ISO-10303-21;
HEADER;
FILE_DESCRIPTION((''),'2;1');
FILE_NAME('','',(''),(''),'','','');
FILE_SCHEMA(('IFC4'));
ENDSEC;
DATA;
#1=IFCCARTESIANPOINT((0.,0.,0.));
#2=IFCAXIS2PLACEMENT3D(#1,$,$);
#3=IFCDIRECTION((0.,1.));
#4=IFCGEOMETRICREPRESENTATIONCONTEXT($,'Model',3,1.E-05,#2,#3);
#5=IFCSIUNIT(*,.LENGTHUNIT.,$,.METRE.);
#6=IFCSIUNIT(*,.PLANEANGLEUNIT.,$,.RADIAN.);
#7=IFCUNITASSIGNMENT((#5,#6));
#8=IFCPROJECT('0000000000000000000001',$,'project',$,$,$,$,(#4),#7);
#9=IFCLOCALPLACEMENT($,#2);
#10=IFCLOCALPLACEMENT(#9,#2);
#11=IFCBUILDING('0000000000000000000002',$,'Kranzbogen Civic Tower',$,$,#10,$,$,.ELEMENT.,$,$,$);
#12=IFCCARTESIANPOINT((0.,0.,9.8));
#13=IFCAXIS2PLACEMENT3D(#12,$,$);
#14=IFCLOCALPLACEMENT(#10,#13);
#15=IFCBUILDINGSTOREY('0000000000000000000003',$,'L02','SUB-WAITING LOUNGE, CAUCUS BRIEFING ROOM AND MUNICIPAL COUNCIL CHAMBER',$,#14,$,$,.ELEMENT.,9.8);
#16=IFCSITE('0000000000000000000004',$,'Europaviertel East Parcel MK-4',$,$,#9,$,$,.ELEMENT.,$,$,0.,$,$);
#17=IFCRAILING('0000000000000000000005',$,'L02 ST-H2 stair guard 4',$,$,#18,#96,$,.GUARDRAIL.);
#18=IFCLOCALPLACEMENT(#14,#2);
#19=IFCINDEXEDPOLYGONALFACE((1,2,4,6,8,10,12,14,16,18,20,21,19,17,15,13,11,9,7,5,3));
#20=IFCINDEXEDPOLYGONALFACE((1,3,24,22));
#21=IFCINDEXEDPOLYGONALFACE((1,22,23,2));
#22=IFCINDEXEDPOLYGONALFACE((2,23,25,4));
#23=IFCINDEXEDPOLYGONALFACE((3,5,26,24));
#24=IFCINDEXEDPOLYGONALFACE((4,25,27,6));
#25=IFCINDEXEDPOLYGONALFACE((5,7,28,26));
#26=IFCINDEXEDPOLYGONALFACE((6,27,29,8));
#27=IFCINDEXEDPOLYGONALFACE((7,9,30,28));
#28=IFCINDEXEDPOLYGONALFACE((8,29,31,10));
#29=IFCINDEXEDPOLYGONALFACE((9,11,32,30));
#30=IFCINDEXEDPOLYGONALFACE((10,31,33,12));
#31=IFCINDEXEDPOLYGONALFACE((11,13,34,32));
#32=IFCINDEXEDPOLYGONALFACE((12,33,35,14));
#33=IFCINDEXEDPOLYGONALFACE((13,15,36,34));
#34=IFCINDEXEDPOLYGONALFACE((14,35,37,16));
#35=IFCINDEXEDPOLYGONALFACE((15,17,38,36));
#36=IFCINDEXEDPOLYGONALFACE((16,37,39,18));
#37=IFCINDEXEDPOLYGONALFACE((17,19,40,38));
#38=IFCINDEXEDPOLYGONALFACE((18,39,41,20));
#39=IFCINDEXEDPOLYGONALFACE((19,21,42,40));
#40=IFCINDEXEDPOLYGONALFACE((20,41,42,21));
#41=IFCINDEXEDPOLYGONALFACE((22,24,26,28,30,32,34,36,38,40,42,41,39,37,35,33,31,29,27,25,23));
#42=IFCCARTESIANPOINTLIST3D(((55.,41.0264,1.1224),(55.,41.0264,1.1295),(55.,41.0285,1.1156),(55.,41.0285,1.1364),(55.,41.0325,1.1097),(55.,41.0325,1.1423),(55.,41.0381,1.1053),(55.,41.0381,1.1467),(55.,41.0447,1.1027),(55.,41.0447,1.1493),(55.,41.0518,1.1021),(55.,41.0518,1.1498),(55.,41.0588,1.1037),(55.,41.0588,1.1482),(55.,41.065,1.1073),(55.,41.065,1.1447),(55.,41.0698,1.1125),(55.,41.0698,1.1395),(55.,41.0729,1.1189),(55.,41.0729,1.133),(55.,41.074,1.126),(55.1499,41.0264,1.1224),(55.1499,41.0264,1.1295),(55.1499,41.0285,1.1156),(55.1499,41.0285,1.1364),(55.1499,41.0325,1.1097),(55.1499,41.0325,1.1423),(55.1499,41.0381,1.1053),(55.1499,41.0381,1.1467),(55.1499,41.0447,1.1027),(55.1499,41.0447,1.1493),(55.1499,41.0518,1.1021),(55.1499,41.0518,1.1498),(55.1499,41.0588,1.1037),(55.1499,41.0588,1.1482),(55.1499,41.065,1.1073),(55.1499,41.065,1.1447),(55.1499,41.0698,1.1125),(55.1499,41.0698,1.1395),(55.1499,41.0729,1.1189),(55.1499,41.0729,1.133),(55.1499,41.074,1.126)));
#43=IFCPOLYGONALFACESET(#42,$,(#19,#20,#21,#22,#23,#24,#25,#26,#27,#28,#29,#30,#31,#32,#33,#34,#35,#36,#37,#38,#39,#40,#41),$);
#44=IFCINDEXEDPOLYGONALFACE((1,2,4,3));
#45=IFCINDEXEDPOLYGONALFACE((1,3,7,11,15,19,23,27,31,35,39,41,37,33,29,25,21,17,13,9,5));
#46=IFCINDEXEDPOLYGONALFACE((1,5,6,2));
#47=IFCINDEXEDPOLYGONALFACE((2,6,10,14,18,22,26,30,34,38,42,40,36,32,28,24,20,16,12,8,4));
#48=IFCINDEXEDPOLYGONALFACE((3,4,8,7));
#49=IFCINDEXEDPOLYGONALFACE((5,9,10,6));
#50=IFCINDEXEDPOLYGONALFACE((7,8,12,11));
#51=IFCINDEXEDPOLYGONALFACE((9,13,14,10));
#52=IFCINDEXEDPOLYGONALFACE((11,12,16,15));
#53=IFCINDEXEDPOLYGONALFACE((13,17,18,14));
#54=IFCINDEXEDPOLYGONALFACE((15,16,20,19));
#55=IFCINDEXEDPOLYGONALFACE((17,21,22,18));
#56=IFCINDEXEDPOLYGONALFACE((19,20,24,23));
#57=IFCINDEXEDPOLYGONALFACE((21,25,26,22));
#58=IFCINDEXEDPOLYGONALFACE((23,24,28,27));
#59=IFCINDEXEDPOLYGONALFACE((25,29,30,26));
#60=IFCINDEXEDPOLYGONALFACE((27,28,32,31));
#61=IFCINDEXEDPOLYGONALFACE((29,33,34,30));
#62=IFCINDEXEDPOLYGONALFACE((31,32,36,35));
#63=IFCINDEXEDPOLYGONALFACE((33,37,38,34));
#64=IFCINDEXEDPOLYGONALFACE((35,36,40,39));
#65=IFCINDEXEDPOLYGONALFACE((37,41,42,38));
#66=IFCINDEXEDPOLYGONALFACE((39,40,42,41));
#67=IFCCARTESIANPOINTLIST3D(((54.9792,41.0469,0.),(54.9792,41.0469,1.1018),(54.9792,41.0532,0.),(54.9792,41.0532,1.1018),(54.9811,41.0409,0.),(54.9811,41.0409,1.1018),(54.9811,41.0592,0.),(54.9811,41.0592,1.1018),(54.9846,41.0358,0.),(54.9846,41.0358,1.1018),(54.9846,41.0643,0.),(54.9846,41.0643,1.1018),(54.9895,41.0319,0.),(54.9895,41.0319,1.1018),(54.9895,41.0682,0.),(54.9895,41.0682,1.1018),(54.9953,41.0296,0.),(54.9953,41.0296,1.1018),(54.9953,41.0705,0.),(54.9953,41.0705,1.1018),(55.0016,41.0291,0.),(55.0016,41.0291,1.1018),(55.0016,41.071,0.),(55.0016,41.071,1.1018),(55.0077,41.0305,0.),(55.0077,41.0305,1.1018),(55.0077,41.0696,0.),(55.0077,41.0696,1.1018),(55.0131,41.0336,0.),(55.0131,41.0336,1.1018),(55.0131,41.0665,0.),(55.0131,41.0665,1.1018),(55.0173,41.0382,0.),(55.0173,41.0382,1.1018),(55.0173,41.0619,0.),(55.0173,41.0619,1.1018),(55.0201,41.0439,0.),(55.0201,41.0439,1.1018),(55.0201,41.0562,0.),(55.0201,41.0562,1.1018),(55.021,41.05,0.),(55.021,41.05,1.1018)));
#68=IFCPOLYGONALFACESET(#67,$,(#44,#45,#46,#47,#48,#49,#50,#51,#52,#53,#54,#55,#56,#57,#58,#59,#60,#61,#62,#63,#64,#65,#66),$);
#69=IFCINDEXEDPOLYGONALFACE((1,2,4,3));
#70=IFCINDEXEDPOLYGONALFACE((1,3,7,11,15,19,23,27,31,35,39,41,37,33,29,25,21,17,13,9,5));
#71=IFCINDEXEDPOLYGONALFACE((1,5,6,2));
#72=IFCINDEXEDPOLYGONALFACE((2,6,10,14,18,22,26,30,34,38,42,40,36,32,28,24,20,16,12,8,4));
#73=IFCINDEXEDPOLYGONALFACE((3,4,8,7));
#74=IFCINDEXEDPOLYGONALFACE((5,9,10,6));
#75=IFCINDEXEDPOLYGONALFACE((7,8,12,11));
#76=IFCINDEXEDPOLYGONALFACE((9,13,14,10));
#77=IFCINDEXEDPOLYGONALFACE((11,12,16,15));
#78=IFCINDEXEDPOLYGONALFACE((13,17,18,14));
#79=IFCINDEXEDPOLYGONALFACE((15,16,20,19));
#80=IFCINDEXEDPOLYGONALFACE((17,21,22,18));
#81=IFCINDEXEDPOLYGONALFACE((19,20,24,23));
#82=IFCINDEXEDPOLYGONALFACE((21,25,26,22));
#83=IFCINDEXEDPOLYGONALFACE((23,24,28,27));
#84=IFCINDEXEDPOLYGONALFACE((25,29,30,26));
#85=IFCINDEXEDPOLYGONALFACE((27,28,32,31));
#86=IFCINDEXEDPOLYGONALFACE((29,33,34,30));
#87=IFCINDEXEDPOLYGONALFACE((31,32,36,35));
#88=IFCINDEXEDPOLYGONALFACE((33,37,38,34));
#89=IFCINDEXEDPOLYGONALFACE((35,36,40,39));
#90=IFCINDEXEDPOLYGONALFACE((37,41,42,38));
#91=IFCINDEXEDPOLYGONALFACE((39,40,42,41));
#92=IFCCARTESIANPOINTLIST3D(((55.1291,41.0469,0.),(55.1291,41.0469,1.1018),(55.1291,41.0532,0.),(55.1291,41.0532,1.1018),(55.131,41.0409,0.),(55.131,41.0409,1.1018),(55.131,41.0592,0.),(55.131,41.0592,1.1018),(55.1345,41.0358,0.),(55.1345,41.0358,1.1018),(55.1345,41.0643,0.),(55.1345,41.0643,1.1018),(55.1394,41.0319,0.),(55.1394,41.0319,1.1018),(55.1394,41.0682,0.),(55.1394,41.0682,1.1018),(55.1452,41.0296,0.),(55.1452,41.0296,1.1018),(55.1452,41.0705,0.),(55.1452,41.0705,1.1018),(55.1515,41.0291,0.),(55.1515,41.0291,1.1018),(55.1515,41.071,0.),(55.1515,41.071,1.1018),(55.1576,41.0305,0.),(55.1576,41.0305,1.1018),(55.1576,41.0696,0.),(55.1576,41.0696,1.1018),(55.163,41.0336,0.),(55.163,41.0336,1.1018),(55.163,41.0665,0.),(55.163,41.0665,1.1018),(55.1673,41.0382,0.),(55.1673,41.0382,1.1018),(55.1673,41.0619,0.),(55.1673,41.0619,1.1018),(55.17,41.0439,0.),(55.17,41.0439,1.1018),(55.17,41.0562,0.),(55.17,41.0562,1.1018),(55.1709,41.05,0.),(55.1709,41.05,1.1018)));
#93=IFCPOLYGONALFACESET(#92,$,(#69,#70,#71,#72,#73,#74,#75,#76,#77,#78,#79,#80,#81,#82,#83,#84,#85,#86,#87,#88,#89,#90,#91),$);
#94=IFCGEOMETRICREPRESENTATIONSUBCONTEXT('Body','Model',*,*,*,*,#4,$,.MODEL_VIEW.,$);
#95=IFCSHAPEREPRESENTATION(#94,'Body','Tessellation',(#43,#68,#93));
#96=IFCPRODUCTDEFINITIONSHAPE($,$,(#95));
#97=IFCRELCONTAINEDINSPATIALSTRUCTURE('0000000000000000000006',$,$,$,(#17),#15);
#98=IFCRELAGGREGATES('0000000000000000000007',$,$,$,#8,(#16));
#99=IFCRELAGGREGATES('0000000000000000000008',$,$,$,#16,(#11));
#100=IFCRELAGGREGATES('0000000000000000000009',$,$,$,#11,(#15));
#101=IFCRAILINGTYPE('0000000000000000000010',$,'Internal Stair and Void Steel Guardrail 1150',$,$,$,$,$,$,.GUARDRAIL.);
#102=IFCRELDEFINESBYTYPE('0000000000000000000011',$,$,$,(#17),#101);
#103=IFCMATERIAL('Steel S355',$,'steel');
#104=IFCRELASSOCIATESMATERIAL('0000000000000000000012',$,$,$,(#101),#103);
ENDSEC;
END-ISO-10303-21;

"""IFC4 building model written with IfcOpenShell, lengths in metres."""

from ifc_helpers import new_model, si_unit, direction, frame, origin, origin_2d, place, context, subcontext, project, spatial, circle, extrude, material, type_object, element, save


model = new_model("IFC4")

# Units and contexts
model_context = context("Model", 3, precision=1e-05, world=origin(), true_north=direction((0.0, 1.0)))
body_context = subcontext(model_context, "Body", "Model", "MODEL_VIEW")
ifc_project = project(units=[si_unit("LENGTHUNIT", "METRE"), si_unit("PLANEANGLEUNIT", "RADIAN")], contexts=[model_context])

# Site, building, storey
site_placement = place(None, origin())
site = spatial("IfcSite", under=ifc_project, at=site_placement, Name="Europaviertel East Parcel MK-4", CompositionType="ELEMENT", RefElevation=0.0)
building_placement = place(site_placement, origin())
building = spatial("IfcBuilding", under=site, at=building_placement, Name="Kranzbogen Civic Tower", CompositionType="ELEMENT")
storey_placement = place(building_placement, frame((0.0, 0.0, 9.8)))
storey = spatial("IfcBuildingStorey", under=building, at=storey_placement, Name="L02", Description="SUB-WAITING LOUNGE, CAUCUS BRIEFING ROOM AND MUNICIPAL COUNCIL CHAMBER", CompositionType="ELEMENT", Elevation=9.8)

# Shared definitions
ifc_material_1 = material(Name="Steel S355", Category="steel")

# Railing
railing_type_1 = type_object("IfcRailingType", Name="Internal Stair and Void Steel Guardrail 1150", PredefinedType="GUARDRAIL", material=ifc_material_1)
railing_1_placement = place(storey_placement, frame((55.0, 41.05, 0.0)))
element("IfcRailing", 1, at=railing_1_placement, inside=storey, type_object=railing_type_1, Name="L02 ST-H2 stair guard 4", PredefinedType="GUARDRAIL", context=body_context, shape_type="SweptSolid", body=[
    extrude(circle(Radius=0.0239, at=origin_2d()), frame((0.0, 0.0, 1.126), z_axis=(1.0, 0.0, 0.0), x_axis=(0.0, 1.0, 0.0)), (0.0, 0.0, 1.0), 0.1499),
    extrude(circle(Radius=0.021, at=origin_2d()), origin(), (0.0, 0.0, 1.0), 1.1018),
    extrude(circle(Radius=0.021, at=origin_2d()), frame((0.1499, 0.0, 0.0)), (0.0, 0.0, 1.0), 1.1018),
])

save(model, "model.ifc")
